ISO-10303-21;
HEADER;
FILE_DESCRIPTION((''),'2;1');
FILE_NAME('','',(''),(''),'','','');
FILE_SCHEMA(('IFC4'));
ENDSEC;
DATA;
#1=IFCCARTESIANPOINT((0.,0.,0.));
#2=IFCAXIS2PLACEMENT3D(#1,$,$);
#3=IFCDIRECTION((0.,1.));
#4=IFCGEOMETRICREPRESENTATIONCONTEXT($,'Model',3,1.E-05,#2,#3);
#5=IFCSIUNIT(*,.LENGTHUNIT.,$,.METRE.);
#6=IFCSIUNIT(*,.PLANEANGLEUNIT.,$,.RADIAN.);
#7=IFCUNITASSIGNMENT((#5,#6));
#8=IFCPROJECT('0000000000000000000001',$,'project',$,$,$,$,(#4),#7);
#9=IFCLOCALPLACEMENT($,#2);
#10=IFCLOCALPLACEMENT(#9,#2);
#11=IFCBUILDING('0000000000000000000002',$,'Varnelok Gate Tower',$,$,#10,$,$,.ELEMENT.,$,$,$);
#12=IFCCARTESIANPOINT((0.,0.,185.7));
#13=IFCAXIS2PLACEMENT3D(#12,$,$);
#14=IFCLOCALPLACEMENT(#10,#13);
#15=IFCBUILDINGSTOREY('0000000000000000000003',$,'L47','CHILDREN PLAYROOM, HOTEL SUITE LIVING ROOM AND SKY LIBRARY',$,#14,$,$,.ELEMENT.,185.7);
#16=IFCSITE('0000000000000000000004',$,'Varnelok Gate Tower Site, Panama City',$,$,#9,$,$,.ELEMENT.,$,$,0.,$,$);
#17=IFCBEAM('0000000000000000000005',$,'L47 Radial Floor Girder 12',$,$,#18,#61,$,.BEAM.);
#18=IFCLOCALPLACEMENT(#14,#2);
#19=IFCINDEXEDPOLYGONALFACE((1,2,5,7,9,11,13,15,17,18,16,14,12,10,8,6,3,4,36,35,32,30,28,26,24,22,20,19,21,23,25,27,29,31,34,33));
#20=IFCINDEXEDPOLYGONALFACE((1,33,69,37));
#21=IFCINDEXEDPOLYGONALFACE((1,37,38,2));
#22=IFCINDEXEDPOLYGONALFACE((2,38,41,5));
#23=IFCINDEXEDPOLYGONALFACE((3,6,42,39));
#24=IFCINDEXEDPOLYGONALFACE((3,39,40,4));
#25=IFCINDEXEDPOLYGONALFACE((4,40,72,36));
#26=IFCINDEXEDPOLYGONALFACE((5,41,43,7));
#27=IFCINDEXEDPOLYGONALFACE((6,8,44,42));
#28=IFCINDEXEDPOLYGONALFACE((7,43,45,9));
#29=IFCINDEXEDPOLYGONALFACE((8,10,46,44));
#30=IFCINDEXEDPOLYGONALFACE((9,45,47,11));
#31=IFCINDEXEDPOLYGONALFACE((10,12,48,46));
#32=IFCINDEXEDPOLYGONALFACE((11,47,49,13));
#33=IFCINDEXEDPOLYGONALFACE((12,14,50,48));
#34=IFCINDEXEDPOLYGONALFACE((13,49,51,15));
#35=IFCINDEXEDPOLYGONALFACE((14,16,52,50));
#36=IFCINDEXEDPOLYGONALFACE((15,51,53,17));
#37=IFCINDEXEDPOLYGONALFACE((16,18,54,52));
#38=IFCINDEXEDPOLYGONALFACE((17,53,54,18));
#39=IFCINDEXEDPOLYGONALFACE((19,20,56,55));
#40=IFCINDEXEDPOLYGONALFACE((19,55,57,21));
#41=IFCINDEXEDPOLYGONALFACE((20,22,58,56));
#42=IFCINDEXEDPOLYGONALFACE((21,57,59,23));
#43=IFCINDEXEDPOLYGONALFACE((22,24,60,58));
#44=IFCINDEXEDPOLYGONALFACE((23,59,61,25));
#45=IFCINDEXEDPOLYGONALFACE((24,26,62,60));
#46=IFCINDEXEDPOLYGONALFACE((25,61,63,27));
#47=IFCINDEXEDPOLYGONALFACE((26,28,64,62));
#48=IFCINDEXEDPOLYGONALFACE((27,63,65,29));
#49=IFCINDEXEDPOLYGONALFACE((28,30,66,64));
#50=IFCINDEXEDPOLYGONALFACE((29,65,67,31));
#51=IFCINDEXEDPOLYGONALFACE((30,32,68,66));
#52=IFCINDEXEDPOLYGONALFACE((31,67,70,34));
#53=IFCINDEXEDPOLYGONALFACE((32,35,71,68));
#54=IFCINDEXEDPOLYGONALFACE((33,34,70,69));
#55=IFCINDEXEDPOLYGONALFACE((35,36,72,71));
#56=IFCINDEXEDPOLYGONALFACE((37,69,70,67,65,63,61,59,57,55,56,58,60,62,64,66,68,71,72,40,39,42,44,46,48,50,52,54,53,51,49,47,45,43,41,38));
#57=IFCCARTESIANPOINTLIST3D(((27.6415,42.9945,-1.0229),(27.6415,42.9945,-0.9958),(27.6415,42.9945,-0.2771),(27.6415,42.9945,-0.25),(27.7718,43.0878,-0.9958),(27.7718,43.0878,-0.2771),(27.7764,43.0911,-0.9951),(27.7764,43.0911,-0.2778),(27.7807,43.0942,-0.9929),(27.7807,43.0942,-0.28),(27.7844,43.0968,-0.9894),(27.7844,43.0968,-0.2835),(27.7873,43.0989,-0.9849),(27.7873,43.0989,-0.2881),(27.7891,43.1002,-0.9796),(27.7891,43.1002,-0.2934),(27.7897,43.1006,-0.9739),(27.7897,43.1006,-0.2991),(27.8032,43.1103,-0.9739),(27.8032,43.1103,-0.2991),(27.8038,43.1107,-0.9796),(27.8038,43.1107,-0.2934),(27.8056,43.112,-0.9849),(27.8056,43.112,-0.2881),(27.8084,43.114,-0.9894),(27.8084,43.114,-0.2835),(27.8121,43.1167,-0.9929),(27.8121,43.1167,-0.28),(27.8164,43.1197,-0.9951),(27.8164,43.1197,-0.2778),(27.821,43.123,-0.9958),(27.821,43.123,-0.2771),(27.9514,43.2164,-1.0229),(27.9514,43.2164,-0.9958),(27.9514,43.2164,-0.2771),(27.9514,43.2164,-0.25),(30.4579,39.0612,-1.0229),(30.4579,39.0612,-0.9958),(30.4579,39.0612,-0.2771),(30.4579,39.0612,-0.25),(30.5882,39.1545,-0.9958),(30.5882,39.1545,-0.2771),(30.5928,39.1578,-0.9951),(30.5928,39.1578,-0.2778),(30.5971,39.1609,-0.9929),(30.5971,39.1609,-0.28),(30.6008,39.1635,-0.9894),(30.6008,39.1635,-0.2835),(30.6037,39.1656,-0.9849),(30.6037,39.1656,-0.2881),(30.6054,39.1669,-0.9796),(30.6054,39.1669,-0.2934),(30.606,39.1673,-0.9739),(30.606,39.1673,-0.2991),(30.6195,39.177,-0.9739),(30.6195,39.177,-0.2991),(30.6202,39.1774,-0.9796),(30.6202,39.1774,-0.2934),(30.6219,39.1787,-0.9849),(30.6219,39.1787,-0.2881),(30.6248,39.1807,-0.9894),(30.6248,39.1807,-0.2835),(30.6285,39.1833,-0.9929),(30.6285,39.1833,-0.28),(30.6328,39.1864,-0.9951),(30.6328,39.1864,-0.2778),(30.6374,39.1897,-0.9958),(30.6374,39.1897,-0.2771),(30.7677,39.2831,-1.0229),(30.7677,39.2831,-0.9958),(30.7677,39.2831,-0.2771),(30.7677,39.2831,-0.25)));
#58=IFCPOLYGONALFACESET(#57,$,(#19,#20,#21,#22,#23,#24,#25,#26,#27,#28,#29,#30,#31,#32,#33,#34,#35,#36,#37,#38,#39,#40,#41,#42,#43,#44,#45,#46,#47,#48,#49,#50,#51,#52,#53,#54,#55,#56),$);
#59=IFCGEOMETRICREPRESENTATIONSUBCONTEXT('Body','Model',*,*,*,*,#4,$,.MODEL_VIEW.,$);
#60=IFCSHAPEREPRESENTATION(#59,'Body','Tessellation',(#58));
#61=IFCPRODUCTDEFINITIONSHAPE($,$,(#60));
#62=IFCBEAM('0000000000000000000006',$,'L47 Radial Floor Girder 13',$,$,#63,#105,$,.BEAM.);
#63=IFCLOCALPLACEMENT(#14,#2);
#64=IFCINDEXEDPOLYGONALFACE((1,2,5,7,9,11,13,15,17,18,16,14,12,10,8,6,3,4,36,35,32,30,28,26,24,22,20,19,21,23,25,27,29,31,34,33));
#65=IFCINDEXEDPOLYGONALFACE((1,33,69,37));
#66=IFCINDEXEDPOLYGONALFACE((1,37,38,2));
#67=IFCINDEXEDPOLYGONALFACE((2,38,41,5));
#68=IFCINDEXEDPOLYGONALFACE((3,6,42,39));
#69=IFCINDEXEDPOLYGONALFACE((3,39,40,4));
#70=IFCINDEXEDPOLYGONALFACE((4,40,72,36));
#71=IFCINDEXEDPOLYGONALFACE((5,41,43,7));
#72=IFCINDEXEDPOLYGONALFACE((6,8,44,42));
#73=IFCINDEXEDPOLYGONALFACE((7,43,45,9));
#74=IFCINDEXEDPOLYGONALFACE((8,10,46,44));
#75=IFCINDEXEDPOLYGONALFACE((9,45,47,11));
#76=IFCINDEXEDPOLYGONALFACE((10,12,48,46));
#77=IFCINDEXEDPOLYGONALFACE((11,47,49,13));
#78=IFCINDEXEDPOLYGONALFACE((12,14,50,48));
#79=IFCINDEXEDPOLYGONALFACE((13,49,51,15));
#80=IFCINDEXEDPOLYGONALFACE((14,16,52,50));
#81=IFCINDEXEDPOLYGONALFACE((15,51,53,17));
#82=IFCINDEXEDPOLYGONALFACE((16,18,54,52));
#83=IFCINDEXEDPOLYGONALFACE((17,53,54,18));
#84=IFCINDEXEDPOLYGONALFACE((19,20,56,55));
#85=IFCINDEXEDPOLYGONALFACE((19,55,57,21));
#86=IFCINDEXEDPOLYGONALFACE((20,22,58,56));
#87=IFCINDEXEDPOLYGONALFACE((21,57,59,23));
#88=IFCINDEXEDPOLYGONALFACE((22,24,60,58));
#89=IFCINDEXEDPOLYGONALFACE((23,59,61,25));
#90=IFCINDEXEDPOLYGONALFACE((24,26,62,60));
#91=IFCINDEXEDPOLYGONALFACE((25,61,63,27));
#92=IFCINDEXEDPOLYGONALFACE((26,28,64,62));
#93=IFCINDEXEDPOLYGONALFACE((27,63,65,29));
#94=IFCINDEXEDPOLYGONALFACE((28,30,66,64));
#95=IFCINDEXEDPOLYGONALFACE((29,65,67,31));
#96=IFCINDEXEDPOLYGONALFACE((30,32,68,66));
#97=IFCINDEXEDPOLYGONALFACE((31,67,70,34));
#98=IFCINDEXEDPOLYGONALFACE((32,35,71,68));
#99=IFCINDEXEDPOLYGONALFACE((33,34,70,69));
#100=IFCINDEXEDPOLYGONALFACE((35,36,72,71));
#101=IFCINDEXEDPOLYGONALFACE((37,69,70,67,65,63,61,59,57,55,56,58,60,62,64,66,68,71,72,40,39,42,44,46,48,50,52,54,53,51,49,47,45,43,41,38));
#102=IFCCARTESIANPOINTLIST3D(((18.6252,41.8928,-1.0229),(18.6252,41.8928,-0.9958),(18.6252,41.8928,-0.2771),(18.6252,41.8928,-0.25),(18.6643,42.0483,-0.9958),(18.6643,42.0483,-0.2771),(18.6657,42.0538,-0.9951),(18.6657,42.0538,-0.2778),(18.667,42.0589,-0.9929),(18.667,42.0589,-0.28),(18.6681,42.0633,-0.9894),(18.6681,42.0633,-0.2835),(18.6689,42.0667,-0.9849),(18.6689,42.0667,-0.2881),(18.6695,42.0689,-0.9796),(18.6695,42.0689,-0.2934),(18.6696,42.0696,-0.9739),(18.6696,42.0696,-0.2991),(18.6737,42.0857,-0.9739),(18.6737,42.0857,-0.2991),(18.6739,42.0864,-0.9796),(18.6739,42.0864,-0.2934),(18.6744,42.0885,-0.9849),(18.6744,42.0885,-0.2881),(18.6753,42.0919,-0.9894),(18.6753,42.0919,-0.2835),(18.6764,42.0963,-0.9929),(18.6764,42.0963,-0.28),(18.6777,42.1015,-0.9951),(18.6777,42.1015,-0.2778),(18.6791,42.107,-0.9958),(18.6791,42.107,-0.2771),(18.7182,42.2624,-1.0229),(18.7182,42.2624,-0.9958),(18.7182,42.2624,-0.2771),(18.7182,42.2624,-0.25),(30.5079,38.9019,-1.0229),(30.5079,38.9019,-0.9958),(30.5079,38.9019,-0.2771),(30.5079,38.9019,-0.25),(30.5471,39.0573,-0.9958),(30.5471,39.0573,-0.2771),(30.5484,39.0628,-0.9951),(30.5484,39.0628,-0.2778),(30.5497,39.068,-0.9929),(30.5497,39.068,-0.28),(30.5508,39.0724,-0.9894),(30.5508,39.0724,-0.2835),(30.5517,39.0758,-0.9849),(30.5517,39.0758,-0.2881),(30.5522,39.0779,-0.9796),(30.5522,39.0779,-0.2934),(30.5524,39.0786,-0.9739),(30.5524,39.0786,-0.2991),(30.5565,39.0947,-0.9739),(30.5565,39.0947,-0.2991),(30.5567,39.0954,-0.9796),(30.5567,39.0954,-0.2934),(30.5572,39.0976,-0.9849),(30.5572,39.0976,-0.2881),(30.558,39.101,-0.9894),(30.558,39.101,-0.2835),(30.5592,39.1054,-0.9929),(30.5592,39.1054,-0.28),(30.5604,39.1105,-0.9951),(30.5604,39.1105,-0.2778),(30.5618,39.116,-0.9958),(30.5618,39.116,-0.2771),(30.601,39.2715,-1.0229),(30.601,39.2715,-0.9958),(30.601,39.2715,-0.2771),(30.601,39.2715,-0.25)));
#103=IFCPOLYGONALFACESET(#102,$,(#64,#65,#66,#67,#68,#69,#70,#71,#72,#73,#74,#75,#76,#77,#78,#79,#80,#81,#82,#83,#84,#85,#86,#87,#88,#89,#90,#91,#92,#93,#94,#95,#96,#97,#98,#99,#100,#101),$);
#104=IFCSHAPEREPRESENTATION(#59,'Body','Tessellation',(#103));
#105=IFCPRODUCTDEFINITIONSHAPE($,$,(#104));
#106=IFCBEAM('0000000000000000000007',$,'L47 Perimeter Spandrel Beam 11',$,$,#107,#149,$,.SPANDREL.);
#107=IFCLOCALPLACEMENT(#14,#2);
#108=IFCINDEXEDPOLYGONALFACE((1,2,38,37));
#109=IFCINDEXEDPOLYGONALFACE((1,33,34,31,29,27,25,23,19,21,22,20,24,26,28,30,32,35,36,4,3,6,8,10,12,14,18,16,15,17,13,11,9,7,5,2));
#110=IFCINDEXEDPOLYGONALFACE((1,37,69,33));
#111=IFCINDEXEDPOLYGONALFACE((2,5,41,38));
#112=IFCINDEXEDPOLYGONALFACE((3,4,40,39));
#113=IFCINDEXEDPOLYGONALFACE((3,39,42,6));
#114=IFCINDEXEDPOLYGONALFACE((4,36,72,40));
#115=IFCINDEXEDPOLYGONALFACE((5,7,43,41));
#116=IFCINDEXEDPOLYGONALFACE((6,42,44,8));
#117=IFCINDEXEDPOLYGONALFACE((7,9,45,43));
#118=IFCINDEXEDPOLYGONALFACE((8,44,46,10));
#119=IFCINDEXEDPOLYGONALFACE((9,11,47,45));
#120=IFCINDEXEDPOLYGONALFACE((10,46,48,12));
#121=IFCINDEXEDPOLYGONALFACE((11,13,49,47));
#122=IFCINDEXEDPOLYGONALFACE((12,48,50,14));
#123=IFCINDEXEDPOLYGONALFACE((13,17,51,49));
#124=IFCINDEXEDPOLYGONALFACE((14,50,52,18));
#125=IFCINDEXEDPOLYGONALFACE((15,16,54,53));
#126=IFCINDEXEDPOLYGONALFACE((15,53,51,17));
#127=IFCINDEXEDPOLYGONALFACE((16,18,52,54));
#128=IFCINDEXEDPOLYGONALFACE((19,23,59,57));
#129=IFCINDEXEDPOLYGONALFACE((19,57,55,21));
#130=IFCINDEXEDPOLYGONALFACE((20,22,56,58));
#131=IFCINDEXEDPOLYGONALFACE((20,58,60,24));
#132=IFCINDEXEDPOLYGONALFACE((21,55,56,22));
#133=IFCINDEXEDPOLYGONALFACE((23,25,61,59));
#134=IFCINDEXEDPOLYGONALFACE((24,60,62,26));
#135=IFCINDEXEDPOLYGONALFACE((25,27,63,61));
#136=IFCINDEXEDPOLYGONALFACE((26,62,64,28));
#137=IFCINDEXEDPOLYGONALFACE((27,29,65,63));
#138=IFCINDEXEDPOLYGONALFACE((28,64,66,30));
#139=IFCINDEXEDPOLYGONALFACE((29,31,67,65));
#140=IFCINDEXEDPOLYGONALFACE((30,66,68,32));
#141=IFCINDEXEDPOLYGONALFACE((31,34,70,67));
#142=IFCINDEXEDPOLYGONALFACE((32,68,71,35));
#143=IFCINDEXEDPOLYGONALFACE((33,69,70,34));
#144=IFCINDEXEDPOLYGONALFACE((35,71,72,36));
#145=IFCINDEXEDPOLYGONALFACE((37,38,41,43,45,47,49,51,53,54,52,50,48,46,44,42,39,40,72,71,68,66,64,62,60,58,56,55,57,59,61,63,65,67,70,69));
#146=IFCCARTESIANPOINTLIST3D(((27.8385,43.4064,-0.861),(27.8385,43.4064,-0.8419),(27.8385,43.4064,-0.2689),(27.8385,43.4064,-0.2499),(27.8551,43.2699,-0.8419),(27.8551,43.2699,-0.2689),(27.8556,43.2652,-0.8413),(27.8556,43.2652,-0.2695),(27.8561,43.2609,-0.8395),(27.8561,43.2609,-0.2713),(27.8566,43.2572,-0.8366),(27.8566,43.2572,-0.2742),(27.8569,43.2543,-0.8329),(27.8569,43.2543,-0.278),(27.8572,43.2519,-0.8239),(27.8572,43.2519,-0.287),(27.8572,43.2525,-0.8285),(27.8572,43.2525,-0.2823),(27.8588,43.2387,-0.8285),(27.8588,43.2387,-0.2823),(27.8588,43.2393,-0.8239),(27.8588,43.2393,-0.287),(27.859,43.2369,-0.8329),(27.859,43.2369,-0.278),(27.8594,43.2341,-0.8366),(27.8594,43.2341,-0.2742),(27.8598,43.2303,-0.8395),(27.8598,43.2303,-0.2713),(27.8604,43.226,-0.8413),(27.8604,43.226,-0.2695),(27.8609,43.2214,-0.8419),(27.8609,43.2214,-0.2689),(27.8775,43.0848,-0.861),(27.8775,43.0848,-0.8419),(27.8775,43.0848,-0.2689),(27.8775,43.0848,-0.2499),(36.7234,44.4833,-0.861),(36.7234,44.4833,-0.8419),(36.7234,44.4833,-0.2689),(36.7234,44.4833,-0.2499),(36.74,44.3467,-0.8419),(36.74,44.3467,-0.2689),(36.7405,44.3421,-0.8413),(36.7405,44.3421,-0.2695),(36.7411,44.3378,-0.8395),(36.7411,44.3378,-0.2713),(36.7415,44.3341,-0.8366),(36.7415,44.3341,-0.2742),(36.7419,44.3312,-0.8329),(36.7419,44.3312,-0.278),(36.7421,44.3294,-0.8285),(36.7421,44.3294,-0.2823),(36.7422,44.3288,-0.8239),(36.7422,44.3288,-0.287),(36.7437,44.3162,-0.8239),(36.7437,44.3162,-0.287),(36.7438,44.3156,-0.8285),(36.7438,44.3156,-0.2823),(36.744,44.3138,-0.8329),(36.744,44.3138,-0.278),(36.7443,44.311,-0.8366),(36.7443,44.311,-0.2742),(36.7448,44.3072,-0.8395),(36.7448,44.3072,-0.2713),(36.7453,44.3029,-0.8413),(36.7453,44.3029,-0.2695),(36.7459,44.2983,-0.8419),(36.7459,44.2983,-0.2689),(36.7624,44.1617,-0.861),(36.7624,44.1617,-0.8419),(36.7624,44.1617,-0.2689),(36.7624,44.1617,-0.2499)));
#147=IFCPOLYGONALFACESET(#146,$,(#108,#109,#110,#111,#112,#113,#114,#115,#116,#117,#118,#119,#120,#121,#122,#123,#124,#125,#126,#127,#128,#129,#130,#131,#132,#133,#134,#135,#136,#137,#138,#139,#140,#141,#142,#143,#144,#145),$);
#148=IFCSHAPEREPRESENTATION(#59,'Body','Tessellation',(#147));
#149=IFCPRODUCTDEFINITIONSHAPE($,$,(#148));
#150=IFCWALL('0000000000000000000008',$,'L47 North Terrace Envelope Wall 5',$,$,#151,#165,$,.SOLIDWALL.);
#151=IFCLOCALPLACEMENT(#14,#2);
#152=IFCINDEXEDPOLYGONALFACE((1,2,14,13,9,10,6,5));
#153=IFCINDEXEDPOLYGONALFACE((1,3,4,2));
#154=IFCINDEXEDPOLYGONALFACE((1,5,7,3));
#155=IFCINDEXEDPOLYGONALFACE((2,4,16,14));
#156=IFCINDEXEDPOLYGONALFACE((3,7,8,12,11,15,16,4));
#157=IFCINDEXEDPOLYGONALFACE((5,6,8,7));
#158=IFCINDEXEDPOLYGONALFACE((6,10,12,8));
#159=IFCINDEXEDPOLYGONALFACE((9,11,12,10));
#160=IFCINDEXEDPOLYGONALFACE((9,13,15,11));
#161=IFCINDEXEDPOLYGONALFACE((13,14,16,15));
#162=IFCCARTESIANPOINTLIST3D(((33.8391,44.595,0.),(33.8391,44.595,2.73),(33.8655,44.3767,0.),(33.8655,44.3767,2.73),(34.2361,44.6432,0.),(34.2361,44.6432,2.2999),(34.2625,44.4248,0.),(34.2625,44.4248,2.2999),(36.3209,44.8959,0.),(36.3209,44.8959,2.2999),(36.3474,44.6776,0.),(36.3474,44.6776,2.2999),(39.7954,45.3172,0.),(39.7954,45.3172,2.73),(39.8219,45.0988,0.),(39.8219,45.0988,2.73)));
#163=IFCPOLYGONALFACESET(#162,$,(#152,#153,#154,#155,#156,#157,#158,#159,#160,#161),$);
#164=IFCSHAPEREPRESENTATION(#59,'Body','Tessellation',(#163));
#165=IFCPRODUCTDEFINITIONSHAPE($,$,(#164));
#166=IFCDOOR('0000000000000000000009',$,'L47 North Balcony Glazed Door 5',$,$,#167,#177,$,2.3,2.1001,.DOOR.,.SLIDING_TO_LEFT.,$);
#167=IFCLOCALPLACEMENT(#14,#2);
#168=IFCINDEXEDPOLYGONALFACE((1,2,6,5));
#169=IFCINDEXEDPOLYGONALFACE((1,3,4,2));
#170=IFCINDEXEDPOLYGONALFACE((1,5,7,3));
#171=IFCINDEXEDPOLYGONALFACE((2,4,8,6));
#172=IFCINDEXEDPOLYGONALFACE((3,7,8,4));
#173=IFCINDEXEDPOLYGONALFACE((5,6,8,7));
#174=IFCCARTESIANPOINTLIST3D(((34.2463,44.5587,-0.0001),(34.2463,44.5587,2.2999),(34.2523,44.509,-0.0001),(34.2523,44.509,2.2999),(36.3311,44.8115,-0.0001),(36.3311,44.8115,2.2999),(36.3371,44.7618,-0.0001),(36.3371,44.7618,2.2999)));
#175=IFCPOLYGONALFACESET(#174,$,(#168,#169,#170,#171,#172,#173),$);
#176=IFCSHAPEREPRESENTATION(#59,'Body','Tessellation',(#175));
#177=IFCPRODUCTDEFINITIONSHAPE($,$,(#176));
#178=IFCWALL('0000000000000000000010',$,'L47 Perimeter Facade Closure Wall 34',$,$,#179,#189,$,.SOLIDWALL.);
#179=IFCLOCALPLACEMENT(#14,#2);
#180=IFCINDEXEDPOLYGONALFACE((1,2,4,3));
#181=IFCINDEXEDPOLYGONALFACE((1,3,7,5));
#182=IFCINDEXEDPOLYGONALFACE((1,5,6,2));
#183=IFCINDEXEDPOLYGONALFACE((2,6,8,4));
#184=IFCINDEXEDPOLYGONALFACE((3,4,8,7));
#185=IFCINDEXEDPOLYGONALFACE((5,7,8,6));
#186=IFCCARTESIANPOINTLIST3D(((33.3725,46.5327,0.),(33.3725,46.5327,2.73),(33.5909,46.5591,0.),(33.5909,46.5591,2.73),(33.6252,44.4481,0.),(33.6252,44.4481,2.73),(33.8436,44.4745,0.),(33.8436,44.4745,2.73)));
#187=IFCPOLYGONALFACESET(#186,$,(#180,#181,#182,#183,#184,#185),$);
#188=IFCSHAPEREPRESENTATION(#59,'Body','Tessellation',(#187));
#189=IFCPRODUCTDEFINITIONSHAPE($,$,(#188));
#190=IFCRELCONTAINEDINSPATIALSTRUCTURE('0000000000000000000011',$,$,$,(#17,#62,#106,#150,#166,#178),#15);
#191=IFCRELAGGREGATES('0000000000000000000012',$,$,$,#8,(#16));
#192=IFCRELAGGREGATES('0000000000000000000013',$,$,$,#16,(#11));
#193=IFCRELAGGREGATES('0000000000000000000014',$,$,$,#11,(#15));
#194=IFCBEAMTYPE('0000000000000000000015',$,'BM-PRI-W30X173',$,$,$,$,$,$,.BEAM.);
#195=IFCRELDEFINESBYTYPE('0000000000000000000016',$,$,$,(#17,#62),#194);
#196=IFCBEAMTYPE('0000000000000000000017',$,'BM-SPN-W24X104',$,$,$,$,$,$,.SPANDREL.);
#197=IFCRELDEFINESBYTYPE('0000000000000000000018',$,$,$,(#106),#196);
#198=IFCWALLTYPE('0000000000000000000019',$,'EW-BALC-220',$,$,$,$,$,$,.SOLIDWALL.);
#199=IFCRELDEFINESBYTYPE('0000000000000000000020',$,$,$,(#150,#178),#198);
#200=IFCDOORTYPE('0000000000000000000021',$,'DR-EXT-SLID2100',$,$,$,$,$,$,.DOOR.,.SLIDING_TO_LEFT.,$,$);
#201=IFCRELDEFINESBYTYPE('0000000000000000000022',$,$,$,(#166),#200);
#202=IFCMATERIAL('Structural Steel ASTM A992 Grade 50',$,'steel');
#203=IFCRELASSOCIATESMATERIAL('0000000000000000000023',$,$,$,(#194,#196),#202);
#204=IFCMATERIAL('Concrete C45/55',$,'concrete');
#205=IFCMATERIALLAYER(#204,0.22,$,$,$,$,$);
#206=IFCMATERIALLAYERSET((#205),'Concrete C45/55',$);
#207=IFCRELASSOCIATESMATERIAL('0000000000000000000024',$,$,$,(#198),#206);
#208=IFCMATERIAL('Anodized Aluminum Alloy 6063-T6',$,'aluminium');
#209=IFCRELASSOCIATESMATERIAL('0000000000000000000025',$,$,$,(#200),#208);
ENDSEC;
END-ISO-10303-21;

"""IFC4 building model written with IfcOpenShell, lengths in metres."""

from ifc_helpers import new_model, si_unit, direction, frame, frame_2d, origin, origin_2d, place, context, subcontext, project, spatial, rectangle, i_section, extrude, material, layer, layer_set, material_profile, profile_set, type_object, element, fill, save


model = new_model("IFC4")

# Units and contexts
model_context = context("Model", 3, precision=1e-05, world=origin(), true_north=direction((0.0, 1.0)))
body_context = subcontext(model_context, "Body", "Model", "MODEL_VIEW")
ifc_project = project(units=[si_unit("LENGTHUNIT", "METRE"), si_unit("PLANEANGLEUNIT", "RADIAN")], contexts=[model_context])

# Site, building, storey
site_placement = place(None, origin())
site = spatial("IfcSite", under=ifc_project, at=site_placement, Name="Varnelok Gate Tower Site, Panama City", CompositionType="ELEMENT", RefElevation=0.0)
building_placement = place(site_placement, origin())
building = spatial("IfcBuilding", under=site, at=building_placement, Name="Varnelok Gate Tower", CompositionType="ELEMENT")
storey_placement = place(building_placement, frame((0.0, 0.0, 185.7)))
storey = spatial("IfcBuildingStorey", under=building, at=storey_placement, Name="L47", Description="CHILDREN PLAYROOM, HOTEL SUITE LIVING ROOM AND SKY LIBRARY", CompositionType="ELEMENT", Elevation=185.7)

# Shared definitions
ifc_material_1 = material(Name="Structural Steel ASTM A992 Grade 50", Category="steel")

# Beams
ifc_material_profile_1 = material_profile(ifc_material_1, i_section(OverallWidth=0.3811, OverallDepth=0.7729, WebThickness=0.0166, FlangeThickness=0.0271, FilletRadius=0.022, at=origin_2d()), Name="W30X173")
ifc_profile_set_1 = profile_set([ifc_material_profile_1], Name="Structural Steel ASTM A992 Grade 50")
beam_type_1 = type_object("IfcBeamType", Name="BM-PRI-W30X173", PredefinedType="BEAM", material=ifc_profile_set_1)
beam_1_placement = place(storey_placement, frame((30.6128, 39.1721, -0.6365), z_axis=(-0.582178, 0.813061, 0.0), x_axis=(-0.813061, -0.582178, 0.0)))
element("IfcBeam", 1, at=beam_1_placement, inside=storey, type_object=beam_type_1, Name="L47 Radial Floor Girder 12", PredefinedType="BEAM", context=body_context, shape_type="SweptSolid", body=[
    extrude(i_section(OverallWidth=0.3811, OverallDepth=0.7729, WebThickness=0.0166, FlangeThickness=0.0271, FilletRadius=0.022, at=origin_2d()), origin(), (0.0, 0.0, 1.0), 4.8376),
])
beam_2_placement = place(storey_placement, frame((30.5544, 39.0867, -0.6365), z_axis=(-0.969752, 0.244092, 0.0), x_axis=(-0.244092, -0.969752, 0.0)))
element("IfcBeam", 2, at=beam_2_placement, inside=storey, type_object=beam_type_1, Name="L47 Radial Floor Girder 13", PredefinedType="BEAM", context=body_context, shape_type="SweptSolid", body=[
    extrude(i_section(OverallWidth=0.3811, OverallDepth=0.7729, WebThickness=0.0166, FlangeThickness=0.0271, FilletRadius=0.022, at=origin_2d()), origin(), (0.0, 0.0, 1.0), 12.2534),
])
ifc_material_profile_2 = material_profile(ifc_material_1, i_section(OverallWidth=0.324, OverallDepth=0.6111, WebThickness=0.0127, FlangeThickness=0.019, FilletRadius=0.0181, at=origin_2d()), Name="W24X104")
ifc_profile_set_2 = profile_set([ifc_material_profile_2], Name="Structural Steel ASTM A992 Grade 50")
beam_type_2 = type_object("IfcBeamType", Name="BM-SPN-W24X104", PredefinedType="SPANDREL", material=ifc_profile_set_2)
beam_3_placement = place(storey_placement, frame((36.7429, 44.3225, -0.5554), z_axis=(-0.992735, -0.120324, 0.0), x_axis=(0.120324, -0.992735, 0.0)))
element("IfcBeam", 3, at=beam_3_placement, inside=storey, type_object=beam_type_2, Name="L47 Perimeter Spandrel Beam 11", PredefinedType="SPANDREL", context=body_context, shape_type="SweptSolid", body=[
    extrude(i_section(OverallWidth=0.324, OverallDepth=0.6111, WebThickness=0.0127, FlangeThickness=0.019, FilletRadius=0.0181, at=origin_2d()), origin(), (0.0, 0.0, 1.0), 8.95),
])

# Wall, opening, door
ifc_material_2 = material(Name="Concrete C45/55", Category="concrete")
ifc_layer_1 = layer(ifc_material_2, 0.22)
ifc_layer_set_1 = layer_set([ifc_layer_1], Name="Concrete C45/55")
wall_type_1 = type_object("IfcWallType", Name="EW-BALC-220", PredefinedType="SOLIDWALL", material=ifc_layer_set_1)
wall_1_placement = place(storey_placement, frame((33.8523, 44.4858, 0.0), z_axis=(0.0, 0.0, 1.0), x_axis=(0.99273, 0.120363, 0.0)))
wall_1 = element("IfcWall", 4, at=wall_1_placement, inside=storey, type_object=wall_type_1, Name="L47 North Terrace Envelope Wall 5", PredefinedType="SOLIDWALL", context=body_context, shape_type="SweptSolid", body=[
    extrude(rectangle(XDim=6.0, YDim=0.22, at=frame_2d((3.0, 0.0))), origin(), (0.0, 0.0, 1.0), 2.73),
])
opening_1_placement = place(wall_1_placement, frame((0.3999, 0.0, 0.0)))
opening_1 = element("IfcOpeningElement", 5, at=opening_1_placement, cuts=wall_1, PredefinedType="OPENING", context=body_context, shape_type="SweptSolid", body=[
    extrude(rectangle(XDim=2.1001, YDim=2.3, at=frame_2d((1.05, 1.1499))), frame((0.0, 0.1199, 0.0), z_axis=(0.0, -1.0, 0.0), x_axis=(1.0, 0.0, 0.0)), (0.0, 0.0, 1.0), 0.24),
])
ifc_material_3 = material(Name="Anodized Aluminum Alloy 6063-T6", Category="aluminium")
door_type_1 = type_object("IfcDoorType", Name="DR-EXT-SLID2100", OperationType="SLIDING_TO_LEFT", PredefinedType="DOOR", material=ifc_material_3)
door_1_placement = place(opening_1_placement, origin())
door_1 = element("IfcDoor", 6, at=door_1_placement, inside=storey, type_object=door_type_1, Name="L47 North Balcony Glazed Door 5", OperationType="SLIDING_TO_LEFT", OverallHeight=2.3, OverallWidth=2.1001, PredefinedType="DOOR", context=body_context, shape_type="SweptSolid", body=[
    extrude(rectangle(XDim=2.1001, YDim=2.3, at=frame_2d((1.05, 1.1499))), frame((0.0, 0.0249, 0.0), z_axis=(0.0, -1.0, 0.0), x_axis=(1.0, 0.0, 0.0)), (0.0, 0.0, 1.0), 0.05),
])
fill(opening_1, door_1)

# Wall
wall_2_placement = place(storey_placement, frame((33.7344, 44.4614, 0.0), z_axis=(0.0, 0.0, 1.0), x_axis=(-0.120328, 0.992734, 0.0)))
element("IfcWall", 7, at=wall_2_placement, inside=storey, type_object=wall_type_1, Name="L47 Perimeter Facade Closure Wall 34", PredefinedType="SOLIDWALL", context=body_context, shape_type="SweptSolid", body=[
    extrude(rectangle(XDim=2.0999, YDim=0.22, at=frame_2d((1.0498, 0.0))), origin(), (0.0, 0.0, 1.0), 2.73),
])

save(model, "model.ifc")
